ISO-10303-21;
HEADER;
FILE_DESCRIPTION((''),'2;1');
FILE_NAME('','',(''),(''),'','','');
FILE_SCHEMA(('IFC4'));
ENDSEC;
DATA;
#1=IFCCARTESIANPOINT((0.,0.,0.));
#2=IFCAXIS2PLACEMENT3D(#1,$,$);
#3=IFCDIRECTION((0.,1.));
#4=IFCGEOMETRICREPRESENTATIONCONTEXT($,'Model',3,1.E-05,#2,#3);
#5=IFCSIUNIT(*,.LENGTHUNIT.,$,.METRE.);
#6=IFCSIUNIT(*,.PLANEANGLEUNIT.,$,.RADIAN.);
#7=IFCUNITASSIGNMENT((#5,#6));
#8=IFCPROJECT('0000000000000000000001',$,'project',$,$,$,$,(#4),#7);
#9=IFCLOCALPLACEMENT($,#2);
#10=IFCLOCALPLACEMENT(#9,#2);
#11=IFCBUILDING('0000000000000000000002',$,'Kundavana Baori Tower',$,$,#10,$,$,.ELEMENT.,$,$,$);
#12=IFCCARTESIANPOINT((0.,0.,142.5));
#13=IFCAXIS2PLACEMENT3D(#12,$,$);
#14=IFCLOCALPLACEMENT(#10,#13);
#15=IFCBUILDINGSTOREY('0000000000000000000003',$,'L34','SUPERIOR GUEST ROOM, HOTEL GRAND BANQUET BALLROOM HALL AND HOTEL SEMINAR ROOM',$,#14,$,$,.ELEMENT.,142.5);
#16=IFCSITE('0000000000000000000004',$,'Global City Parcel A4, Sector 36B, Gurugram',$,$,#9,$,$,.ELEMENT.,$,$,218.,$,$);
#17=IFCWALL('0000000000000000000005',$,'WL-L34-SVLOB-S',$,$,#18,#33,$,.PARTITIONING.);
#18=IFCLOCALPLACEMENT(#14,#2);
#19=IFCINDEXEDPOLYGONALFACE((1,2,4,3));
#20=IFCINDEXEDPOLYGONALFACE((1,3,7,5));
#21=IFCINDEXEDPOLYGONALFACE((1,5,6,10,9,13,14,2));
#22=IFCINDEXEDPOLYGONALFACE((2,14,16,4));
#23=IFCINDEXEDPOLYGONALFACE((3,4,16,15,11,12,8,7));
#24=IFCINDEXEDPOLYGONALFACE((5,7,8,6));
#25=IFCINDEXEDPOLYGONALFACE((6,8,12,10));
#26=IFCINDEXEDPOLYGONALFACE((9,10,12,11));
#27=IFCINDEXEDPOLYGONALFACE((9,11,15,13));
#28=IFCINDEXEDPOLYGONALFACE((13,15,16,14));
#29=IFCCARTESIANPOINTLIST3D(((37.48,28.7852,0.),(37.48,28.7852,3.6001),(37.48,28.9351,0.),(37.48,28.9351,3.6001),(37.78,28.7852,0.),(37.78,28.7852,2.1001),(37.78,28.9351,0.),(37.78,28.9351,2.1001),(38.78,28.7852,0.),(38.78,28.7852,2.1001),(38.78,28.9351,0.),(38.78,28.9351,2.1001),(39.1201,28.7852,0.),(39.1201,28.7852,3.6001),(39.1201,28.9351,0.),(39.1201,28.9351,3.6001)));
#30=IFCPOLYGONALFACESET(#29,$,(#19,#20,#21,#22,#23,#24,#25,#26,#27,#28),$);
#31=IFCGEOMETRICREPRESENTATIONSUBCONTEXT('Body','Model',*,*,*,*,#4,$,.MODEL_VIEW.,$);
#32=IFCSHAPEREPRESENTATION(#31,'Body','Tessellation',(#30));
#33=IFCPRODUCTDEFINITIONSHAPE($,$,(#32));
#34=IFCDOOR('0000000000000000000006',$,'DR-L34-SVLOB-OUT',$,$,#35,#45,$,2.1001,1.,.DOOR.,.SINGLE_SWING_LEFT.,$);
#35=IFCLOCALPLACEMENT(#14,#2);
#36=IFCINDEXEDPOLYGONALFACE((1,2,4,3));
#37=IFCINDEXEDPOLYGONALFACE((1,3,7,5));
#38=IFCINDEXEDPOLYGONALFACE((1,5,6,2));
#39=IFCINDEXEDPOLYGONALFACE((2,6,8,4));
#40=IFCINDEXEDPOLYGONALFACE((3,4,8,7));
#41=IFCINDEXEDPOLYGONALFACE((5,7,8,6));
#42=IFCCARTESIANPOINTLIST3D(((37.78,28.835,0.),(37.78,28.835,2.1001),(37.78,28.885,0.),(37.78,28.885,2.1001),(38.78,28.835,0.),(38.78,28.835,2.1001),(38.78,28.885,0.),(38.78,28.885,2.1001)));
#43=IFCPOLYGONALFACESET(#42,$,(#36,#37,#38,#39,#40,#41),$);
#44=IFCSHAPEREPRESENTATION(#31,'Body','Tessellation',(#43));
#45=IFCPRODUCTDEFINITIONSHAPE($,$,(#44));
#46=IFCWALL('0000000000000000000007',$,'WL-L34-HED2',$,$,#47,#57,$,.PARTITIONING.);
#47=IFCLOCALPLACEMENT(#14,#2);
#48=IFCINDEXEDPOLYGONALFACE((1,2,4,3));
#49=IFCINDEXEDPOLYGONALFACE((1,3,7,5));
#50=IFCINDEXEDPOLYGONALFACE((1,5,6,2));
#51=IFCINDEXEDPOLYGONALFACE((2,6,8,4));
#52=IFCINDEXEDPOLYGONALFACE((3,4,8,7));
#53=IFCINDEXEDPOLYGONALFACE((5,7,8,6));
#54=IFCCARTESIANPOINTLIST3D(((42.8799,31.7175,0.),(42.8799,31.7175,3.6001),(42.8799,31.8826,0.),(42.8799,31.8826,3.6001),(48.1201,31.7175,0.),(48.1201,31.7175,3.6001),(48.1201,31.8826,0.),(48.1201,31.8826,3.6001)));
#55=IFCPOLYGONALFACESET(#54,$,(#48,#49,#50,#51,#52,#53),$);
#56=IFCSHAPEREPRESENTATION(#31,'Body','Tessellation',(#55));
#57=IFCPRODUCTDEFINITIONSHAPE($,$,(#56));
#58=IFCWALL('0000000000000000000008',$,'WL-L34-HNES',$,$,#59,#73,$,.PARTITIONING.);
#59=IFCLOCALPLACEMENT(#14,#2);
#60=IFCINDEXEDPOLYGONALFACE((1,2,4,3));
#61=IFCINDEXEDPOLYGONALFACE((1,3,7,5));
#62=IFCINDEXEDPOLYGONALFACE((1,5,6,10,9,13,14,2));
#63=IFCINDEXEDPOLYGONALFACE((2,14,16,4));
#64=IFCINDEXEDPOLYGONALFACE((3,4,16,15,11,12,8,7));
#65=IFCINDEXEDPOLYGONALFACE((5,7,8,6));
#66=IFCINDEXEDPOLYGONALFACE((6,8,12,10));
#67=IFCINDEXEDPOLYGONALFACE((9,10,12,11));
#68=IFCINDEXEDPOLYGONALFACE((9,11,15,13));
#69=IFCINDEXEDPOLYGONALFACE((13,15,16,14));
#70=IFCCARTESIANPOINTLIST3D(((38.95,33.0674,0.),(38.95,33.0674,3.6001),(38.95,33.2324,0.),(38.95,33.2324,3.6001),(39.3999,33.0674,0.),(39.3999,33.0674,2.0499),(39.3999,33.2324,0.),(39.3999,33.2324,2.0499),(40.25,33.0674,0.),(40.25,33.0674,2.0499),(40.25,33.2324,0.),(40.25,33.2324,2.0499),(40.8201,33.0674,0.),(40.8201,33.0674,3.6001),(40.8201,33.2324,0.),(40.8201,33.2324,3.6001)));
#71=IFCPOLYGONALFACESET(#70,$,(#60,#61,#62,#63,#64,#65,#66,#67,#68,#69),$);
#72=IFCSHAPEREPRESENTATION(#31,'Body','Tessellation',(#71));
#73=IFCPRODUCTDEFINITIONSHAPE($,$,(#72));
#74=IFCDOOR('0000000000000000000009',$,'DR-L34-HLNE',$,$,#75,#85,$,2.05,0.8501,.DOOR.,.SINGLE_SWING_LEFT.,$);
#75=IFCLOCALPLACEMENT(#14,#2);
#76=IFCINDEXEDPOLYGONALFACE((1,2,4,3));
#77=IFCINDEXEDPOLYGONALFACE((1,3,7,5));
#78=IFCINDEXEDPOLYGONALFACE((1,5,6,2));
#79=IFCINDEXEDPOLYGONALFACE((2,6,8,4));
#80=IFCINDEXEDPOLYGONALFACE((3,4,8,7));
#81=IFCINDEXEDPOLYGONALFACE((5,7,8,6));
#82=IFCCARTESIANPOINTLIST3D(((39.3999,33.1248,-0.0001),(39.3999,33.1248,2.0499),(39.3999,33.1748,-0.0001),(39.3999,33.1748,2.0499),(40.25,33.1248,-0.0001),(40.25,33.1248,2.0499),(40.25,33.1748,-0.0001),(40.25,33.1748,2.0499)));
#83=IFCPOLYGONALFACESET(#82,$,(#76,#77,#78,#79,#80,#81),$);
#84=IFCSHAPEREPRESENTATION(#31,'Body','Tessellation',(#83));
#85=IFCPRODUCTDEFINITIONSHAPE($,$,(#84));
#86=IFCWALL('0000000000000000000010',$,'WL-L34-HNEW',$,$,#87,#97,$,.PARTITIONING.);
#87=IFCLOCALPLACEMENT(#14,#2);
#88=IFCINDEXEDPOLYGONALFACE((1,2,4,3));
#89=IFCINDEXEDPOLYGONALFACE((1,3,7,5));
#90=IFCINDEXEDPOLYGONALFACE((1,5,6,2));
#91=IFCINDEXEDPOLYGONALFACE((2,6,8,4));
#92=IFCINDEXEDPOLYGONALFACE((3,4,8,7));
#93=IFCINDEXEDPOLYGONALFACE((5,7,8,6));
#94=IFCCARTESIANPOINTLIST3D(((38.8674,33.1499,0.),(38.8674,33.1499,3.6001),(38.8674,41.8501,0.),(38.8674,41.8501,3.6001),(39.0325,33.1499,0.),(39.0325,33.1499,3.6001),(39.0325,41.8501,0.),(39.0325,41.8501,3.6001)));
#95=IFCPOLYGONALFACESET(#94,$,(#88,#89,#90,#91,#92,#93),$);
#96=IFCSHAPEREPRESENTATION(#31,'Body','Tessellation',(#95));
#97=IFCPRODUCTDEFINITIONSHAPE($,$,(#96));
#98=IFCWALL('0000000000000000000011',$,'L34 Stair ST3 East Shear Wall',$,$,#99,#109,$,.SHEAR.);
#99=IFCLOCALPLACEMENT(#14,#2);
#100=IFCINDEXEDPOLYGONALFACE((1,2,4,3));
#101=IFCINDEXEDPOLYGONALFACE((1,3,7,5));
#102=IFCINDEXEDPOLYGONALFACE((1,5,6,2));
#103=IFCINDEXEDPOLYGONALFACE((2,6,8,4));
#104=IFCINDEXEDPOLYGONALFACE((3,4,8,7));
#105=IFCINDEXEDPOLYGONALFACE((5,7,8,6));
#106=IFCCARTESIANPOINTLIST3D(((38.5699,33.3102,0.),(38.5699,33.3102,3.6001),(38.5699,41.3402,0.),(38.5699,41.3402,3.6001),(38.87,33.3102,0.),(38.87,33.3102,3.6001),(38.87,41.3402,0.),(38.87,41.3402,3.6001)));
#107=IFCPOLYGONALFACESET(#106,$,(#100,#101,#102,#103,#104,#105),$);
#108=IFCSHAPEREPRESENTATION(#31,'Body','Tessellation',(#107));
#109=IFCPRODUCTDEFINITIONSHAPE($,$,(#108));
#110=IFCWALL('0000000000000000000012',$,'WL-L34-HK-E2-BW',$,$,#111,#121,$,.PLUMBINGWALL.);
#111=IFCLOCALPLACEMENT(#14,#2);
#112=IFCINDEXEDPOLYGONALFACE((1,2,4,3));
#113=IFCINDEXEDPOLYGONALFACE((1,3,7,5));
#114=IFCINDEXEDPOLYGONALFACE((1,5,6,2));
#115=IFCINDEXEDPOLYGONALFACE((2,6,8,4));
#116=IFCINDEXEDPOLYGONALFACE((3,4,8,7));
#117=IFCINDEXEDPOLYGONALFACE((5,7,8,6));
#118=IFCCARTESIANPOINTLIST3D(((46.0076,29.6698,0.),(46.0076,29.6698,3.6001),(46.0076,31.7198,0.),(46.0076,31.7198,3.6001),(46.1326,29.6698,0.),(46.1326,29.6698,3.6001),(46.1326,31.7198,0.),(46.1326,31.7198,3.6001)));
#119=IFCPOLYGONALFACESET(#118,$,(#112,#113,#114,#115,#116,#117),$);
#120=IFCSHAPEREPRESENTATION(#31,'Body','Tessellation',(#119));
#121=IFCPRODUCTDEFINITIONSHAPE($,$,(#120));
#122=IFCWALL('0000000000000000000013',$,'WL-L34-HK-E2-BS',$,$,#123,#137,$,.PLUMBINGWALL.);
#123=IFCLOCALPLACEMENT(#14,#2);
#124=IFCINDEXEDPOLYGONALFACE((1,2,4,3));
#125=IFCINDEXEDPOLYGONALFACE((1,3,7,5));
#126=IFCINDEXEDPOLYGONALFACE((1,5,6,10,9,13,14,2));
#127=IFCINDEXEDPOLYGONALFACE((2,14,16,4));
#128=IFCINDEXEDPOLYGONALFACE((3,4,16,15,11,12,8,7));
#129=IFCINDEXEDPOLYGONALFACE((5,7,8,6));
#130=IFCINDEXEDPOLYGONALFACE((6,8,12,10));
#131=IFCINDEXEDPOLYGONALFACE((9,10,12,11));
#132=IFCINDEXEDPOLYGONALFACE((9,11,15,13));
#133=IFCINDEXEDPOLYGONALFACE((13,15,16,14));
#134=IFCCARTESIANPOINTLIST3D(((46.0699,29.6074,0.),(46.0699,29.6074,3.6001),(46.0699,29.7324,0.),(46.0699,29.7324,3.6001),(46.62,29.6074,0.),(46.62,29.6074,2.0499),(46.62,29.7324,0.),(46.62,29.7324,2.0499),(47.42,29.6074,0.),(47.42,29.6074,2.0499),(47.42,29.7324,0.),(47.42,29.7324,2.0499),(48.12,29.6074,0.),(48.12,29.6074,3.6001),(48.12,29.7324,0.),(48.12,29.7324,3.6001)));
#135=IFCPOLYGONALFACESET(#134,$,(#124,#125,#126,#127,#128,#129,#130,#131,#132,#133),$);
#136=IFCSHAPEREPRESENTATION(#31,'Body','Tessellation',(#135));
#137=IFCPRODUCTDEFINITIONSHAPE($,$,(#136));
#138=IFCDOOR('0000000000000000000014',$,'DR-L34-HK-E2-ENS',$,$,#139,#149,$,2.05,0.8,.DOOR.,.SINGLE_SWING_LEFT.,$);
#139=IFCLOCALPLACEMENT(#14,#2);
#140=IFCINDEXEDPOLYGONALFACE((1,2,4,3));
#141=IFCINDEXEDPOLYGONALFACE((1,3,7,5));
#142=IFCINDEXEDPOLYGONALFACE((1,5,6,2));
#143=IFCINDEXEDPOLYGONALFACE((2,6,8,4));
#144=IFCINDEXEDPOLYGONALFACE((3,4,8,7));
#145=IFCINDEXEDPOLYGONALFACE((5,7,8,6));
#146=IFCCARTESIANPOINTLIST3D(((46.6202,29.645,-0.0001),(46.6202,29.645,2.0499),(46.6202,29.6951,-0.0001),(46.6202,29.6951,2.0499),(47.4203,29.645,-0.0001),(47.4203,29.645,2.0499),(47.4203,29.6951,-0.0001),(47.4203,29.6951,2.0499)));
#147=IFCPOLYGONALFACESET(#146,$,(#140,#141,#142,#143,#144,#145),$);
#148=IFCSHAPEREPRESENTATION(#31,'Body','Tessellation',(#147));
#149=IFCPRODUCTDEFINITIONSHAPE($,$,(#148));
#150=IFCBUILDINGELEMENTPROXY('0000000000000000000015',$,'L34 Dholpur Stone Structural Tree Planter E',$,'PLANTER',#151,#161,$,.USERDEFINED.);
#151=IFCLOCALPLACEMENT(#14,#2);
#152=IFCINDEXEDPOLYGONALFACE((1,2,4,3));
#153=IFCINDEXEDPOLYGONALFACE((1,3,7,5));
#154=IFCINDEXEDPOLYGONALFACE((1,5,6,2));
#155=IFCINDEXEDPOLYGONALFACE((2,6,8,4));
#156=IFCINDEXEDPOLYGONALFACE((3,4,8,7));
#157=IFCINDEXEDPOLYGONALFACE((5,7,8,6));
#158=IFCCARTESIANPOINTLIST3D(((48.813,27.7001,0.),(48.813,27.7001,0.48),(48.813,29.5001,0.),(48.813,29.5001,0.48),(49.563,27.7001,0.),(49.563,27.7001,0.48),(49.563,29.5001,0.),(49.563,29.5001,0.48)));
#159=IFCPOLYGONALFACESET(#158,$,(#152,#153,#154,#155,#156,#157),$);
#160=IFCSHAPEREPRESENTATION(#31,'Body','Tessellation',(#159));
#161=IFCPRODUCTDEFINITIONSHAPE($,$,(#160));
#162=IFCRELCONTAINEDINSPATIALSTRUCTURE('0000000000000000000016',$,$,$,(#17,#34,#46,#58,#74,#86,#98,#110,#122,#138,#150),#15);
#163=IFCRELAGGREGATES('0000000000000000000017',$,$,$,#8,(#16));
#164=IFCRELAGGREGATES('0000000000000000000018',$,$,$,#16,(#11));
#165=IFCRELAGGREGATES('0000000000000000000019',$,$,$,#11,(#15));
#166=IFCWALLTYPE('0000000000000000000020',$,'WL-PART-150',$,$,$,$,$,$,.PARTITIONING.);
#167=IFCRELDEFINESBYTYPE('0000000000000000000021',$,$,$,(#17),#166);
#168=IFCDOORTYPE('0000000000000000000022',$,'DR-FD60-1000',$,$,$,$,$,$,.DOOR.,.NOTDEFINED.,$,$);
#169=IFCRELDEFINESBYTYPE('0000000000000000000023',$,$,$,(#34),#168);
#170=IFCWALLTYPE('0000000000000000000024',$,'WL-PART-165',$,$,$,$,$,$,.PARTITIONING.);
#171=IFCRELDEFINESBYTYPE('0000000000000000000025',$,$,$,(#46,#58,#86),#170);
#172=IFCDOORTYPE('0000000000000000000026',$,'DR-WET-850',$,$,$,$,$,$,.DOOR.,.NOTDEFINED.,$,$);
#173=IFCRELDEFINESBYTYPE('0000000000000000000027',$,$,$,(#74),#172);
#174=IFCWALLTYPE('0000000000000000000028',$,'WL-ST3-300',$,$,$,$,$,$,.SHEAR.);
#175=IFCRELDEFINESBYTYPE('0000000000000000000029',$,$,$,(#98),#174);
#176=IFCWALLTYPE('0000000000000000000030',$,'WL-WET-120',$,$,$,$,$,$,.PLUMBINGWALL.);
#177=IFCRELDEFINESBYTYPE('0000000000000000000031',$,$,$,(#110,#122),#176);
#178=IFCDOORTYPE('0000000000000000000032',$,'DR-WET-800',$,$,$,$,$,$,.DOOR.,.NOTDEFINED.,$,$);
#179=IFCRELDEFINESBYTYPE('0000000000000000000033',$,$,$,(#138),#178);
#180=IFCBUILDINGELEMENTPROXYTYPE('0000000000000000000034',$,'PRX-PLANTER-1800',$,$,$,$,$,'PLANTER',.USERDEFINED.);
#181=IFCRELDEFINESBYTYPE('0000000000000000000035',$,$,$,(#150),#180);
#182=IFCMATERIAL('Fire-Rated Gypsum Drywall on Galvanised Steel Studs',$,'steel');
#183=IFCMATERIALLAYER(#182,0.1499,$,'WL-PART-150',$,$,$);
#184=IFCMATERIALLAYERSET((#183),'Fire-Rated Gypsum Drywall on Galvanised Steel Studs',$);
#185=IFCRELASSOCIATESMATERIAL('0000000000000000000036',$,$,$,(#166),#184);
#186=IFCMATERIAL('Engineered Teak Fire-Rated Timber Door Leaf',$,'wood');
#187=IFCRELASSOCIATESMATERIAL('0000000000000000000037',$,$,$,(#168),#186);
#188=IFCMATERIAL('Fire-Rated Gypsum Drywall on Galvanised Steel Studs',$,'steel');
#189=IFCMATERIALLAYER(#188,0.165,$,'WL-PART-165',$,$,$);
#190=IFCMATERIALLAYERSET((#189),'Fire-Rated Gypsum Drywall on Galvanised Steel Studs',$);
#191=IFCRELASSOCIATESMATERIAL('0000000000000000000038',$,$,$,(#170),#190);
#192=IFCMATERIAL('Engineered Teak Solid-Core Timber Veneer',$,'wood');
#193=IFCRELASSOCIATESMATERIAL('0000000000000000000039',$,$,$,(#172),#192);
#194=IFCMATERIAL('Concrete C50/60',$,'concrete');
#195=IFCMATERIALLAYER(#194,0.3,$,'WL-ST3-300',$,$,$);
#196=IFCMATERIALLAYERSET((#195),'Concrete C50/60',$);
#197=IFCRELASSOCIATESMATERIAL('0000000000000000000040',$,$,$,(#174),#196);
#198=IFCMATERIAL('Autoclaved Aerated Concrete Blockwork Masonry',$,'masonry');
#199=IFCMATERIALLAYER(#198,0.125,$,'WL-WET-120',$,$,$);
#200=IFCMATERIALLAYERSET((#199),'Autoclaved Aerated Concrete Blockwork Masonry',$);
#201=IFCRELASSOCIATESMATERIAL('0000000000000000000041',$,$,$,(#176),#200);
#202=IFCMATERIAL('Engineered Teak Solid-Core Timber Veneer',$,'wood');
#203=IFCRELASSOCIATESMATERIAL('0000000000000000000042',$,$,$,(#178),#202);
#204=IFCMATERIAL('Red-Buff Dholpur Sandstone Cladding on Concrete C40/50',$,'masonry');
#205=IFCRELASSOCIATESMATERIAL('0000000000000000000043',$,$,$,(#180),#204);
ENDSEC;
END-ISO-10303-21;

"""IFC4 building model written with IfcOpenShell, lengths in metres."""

from ifc_helpers import new_model, si_unit, direction, frame, frame_2d, origin, origin_2d, place, context, subcontext, project, spatial, rectangle, extrude, material, layer, layer_set, type_object, element, fill, save


model = new_model("IFC4")

# Units and contexts
model_context = context("Model", 3, precision=1e-05, world=origin(), true_north=direction((0.0, 1.0)))
body_context = subcontext(model_context, "Body", "Model", "MODEL_VIEW")
ifc_project = project(units=[si_unit("LENGTHUNIT", "METRE"), si_unit("PLANEANGLEUNIT", "RADIAN")], contexts=[model_context])

# Site, building, storey
site_placement = place(None, origin())
site = spatial("IfcSite", under=ifc_project, at=site_placement, Name="Global City Parcel A4, Sector 36B, Gurugram", CompositionType="ELEMENT", RefElevation=218.0)
building_placement = place(site_placement, origin())
building = spatial("IfcBuilding", under=site, at=building_placement, Name="Kundavana Baori Tower", CompositionType="ELEMENT")
storey_placement = place(building_placement, frame((0.0, 0.0, 142.5)))
storey = spatial("IfcBuildingStorey", under=building, at=storey_placement, Name="L34", Description="SUPERIOR GUEST ROOM, HOTEL GRAND BANQUET BALLROOM HALL AND HOTEL SEMINAR ROOM", CompositionType="ELEMENT", Elevation=142.5)

# Shared definitions
ifc_material_1 = material(Name="Fire-Rated Gypsum Drywall on Galvanised Steel Studs", Category="steel")
ifc_layer_1 = layer(ifc_material_1, 0.1499, Name="WL-PART-150")
ifc_layer_set_1 = layer_set([ifc_layer_1], Name="Fire-Rated Gypsum Drywall on Galvanised Steel Studs")
wall_type_1 = type_object("IfcWallType", Name="WL-PART-150", PredefinedType="PARTITIONING", material=ifc_layer_set_1)

# Wall, opening, door
wall_1_placement = place(storey_placement, frame((37.48, 28.8601, 0.0), z_axis=(0.0, 0.0, 1.0), x_axis=(1.0, 0.0, 0.0)))
wall_1 = element("IfcWall", 1, at=wall_1_placement, inside=storey, type_object=wall_type_1, Name="WL-L34-SVLOB-S", PredefinedType="PARTITIONING", context=body_context, shape_type="SweptSolid", body=[
    extrude(rectangle(XDim=1.6401, YDim=0.1499, at=frame_2d((0.8201, 0.0))), origin(), (0.0, 0.0, 1.0), 3.6001),
])
opening_1_placement = place(wall_1_placement, frame((0.3, 0.0, 0.0)))
opening_1 = element("IfcOpeningElement", 2, at=opening_1_placement, cuts=wall_1, PredefinedType="OPENING", context=body_context, shape_type="SweptSolid", body=[
    extrude(rectangle(XDim=1.0, YDim=2.1001, at=frame_2d((0.5, 1.05))), frame((0.0, 0.085, 0.0), z_axis=(0.0, -1.0, 0.0), x_axis=(1.0, 0.0, 0.0)), (0.0, 0.0, 1.0), 0.1699),
])
ifc_material_2 = material(Name="Engineered Teak Fire-Rated Timber Door Leaf", Category="wood")
door_type_1 = type_object("IfcDoorType", Name="DR-FD60-1000", OperationType="NOTDEFINED", PredefinedType="DOOR", material=ifc_material_2)
door_1_placement = place(opening_1_placement, origin())
door_1 = element("IfcDoor", 3, at=door_1_placement, inside=storey, type_object=door_type_1, Name="DR-L34-SVLOB-OUT", OperationType="SINGLE_SWING_LEFT", OverallHeight=2.1001, OverallWidth=1.0, PredefinedType="DOOR", context=body_context, shape_type="SweptSolid", body=[
    extrude(rectangle(XDim=1.0, YDim=2.1001, at=frame_2d((0.5, 1.05))), frame((0.0, 0.0249, 0.0), z_axis=(0.0, -1.0, 0.0), x_axis=(1.0, 0.0, 0.0)), (0.0, 0.0, 1.0), 0.05),
])
fill(opening_1, door_1)

# Wall
ifc_material_3 = material(Name="Fire-Rated Gypsum Drywall on Galvanised Steel Studs", Category="steel")
ifc_layer_2 = layer(ifc_material_3, 0.165, Name="WL-PART-165")
ifc_layer_set_2 = layer_set([ifc_layer_2], Name="Fire-Rated Gypsum Drywall on Galvanised Steel Studs")
wall_type_2 = type_object("IfcWallType", Name="WL-PART-165", PredefinedType="PARTITIONING", material=ifc_layer_set_2)
wall_2_placement = place(storey_placement, frame((42.8799, 31.8, 0.0), z_axis=(0.0, 0.0, 1.0), x_axis=(1.0, 0.0, 0.0)))
element("IfcWall", 4, at=wall_2_placement, inside=storey, type_object=wall_type_2, Name="WL-L34-HED2", PredefinedType="PARTITIONING", context=body_context, shape_type="SweptSolid", body=[
    extrude(rectangle(XDim=5.2402, YDim=0.165, at=frame_2d((2.6201, 0.0))), origin(), (0.0, 0.0, 1.0), 3.6001),
])

# Wall, opening, door
wall_3_placement = place(storey_placement, frame((38.95, 33.1499, 0.0), z_axis=(0.0, 0.0, 1.0), x_axis=(1.0, 0.0, 0.0)))
wall_3 = element("IfcWall", 5, at=wall_3_placement, inside=storey, type_object=wall_type_2, Name="WL-L34-HNES", PredefinedType="PARTITIONING", context=body_context, shape_type="SweptSolid", body=[
    extrude(rectangle(XDim=1.8701, YDim=0.165, at=frame_2d((0.9351, 0.0))), origin(), (0.0, 0.0, 1.0), 3.6001),
])
opening_2_placement = place(wall_3_placement, frame((0.45, 0.0, 0.0)))
opening_2 = element("IfcOpeningElement", 6, at=opening_2_placement, cuts=wall_3, PredefinedType="OPENING", context=body_context, shape_type="SweptSolid", body=[
    extrude(rectangle(XDim=0.8501, YDim=2.05, at=frame_2d((0.425, 1.0249))), frame((0.0, 0.0925, 0.0), z_axis=(0.0, -1.0, 0.0), x_axis=(1.0, 0.0, 0.0)), (0.0, 0.0, 1.0), 0.1851),
])
ifc_material_4 = material(Name="Engineered Teak Solid-Core Timber Veneer", Category="wood")
door_type_2 = type_object("IfcDoorType", Name="DR-WET-850", OperationType="NOTDEFINED", PredefinedType="DOOR", material=ifc_material_4)
door_2_placement = place(opening_2_placement, origin())
door_2 = element("IfcDoor", 7, at=door_2_placement, inside=storey, type_object=door_type_2, Name="DR-L34-HLNE", OperationType="SINGLE_SWING_LEFT", OverallHeight=2.05, OverallWidth=0.8501, PredefinedType="DOOR", context=body_context, shape_type="SweptSolid", body=[
    extrude(rectangle(XDim=0.8501, YDim=2.05, at=frame_2d((0.425, 1.0249))), frame((0.0, 0.0249, 0.0), z_axis=(0.0, -1.0, 0.0), x_axis=(1.0, 0.0, 0.0)), (0.0, 0.0, 1.0), 0.05),
])
fill(opening_2, door_2)

# Wall
wall_4_placement = place(storey_placement, frame((38.95, 33.1499, 0.0), z_axis=(0.0, 0.0, 1.0), x_axis=(0.0, 1.0, 0.0)))
element("IfcWall", 8, at=wall_4_placement, inside=storey, type_object=wall_type_2, Name="WL-L34-HNEW", PredefinedType="PARTITIONING", context=body_context, shape_type="SweptSolid", body=[
    extrude(rectangle(XDim=8.7002, YDim=0.165, at=frame_2d((4.3501, 0.0))), origin(), (0.0, 0.0, 1.0), 3.6001),
])

# Walls
ifc_material_5 = material(Name="Concrete C50/60", Category="concrete")
ifc_layer_3 = layer(ifc_material_5, 0.3, Name="WL-ST3-300")
ifc_layer_set_3 = layer_set([ifc_layer_3], Name="Concrete C50/60")
wall_type_3 = type_object("IfcWallType", Name="WL-ST3-300", PredefinedType="SHEAR", material=ifc_layer_set_3)
wall_5_placement = place(storey_placement, frame((38.72, 33.3101, 0.0), z_axis=(0.0, 0.0, 1.0), x_axis=(0.0, 1.0, 0.0)))
element("IfcWall", 9, at=wall_5_placement, inside=storey, type_object=wall_type_3, Name="L34 Stair ST3 East Shear Wall", PredefinedType="SHEAR", context=body_context, shape_type="SweptSolid", body=[
    extrude(rectangle(XDim=8.03, YDim=0.3, at=frame_2d((4.0151, 0.0))), origin(), (0.0, 0.0, 1.0), 3.6001),
])
ifc_material_6 = material(Name="Autoclaved Aerated Concrete Blockwork Masonry", Category="masonry")
ifc_layer_4 = layer(ifc_material_6, 0.125, Name="WL-WET-120")
ifc_layer_set_4 = layer_set([ifc_layer_4], Name="Autoclaved Aerated Concrete Blockwork Masonry")
wall_type_4 = type_object("IfcWallType", Name="WL-WET-120", PredefinedType="PLUMBINGWALL", material=ifc_layer_set_4)
wall_6_placement = place(storey_placement, frame((46.0701, 29.6699, 0.0), z_axis=(0.0, 0.0, 1.0), x_axis=(0.0, 1.0, 0.0)))
element("IfcWall", 10, at=wall_6_placement, inside=storey, type_object=wall_type_4, Name="WL-L34-HK-E2-BW", PredefinedType="PLUMBINGWALL", context=body_context, shape_type="SweptSolid", body=[
    extrude(rectangle(XDim=2.05, YDim=0.125, at=frame_2d((1.0249, 0.0))), origin(), (0.0, 0.0, 1.0), 3.6001),
])

# Wall, opening, door
wall_7_placement = place(storey_placement, frame((46.0701, 29.6699, 0.0), z_axis=(0.0, 0.0, 1.0), x_axis=(1.0, 0.0, 0.0)))
wall_7 = element("IfcWall", 11, at=wall_7_placement, inside=storey, type_object=wall_type_4, Name="WL-L34-HK-E2-BS", PredefinedType="PLUMBINGWALL", context=body_context, shape_type="SweptSolid", body=[
    extrude(rectangle(XDim=2.05, YDim=0.125, at=frame_2d((1.0249, 0.0))), origin(), (0.0, 0.0, 1.0), 3.6001),
])
opening_3_placement = place(wall_7_placement, frame((0.55, 0.0, 0.0)))
opening_3 = element("IfcOpeningElement", 12, at=opening_3_placement, cuts=wall_7, PredefinedType="OPENING", context=body_context, shape_type="SweptSolid", body=[
    extrude(rectangle(XDim=0.8, YDim=2.05, at=frame_2d((0.3999, 1.0249))), frame((0.0, 0.0725, 0.0), z_axis=(0.0, -1.0, 0.0), x_axis=(1.0, 0.0, 0.0)), (0.0, 0.0, 1.0), 0.145),
])
ifc_material_7 = material(Name="Engineered Teak Solid-Core Timber Veneer", Category="wood")
door_type_3 = type_object("IfcDoorType", Name="DR-WET-800", OperationType="NOTDEFINED", PredefinedType="DOOR", material=ifc_material_7)
door_3_placement = place(opening_3_placement, frame((0.8, 0.0, 0.0), z_axis=(0.0, 0.0, 1.0), x_axis=(-1.0, 0.0, 0.0)))
door_3 = element("IfcDoor", 13, at=door_3_placement, inside=storey, type_object=door_type_3, Name="DR-L34-HK-E2-ENS", OperationType="SINGLE_SWING_LEFT", OverallHeight=2.05, OverallWidth=0.8, PredefinedType="DOOR", context=body_context, shape_type="SweptSolid", body=[
    extrude(rectangle(XDim=0.8, YDim=2.05, at=frame_2d((0.3999, 1.0249))), frame((0.0, 0.0249, 0.0), z_axis=(0.0, -1.0, 0.0), x_axis=(1.0, 0.0, 0.0)), (0.0, 0.0, 1.0), 0.05),
])
fill(opening_3, door_3)

# Building element proxy
ifc_material_8 = material(Name="Red-Buff Dholpur Sandstone Cladding on Concrete C40/50", Category="masonry")
building_element_proxy_type = type_object("IfcBuildingElementProxyType", Name="PRX-PLANTER-1800", ElementType="PLANTER", PredefinedType="USERDEFINED", material=ifc_material_8)
proxy_placement = place(storey_placement, frame((49.188, 28.6001, 0.0), z_axis=(0.0, 0.0, 1.0), x_axis=(0.0, 1.0, 0.0)))
element("IfcBuildingElementProxy", 14, at=proxy_placement, inside=storey, type_object=building_element_proxy_type, Name="L34 Dholpur Stone Structural Tree Planter E", ObjectType="PLANTER", PredefinedType="USERDEFINED", context=body_context, shape_type="SweptSolid", body=[
    extrude(rectangle(XDim=1.8, YDim=0.75, at=origin_2d()), origin(), (0.0, 0.0, 1.0), 0.48),
])

save(model, "model.ifc")
